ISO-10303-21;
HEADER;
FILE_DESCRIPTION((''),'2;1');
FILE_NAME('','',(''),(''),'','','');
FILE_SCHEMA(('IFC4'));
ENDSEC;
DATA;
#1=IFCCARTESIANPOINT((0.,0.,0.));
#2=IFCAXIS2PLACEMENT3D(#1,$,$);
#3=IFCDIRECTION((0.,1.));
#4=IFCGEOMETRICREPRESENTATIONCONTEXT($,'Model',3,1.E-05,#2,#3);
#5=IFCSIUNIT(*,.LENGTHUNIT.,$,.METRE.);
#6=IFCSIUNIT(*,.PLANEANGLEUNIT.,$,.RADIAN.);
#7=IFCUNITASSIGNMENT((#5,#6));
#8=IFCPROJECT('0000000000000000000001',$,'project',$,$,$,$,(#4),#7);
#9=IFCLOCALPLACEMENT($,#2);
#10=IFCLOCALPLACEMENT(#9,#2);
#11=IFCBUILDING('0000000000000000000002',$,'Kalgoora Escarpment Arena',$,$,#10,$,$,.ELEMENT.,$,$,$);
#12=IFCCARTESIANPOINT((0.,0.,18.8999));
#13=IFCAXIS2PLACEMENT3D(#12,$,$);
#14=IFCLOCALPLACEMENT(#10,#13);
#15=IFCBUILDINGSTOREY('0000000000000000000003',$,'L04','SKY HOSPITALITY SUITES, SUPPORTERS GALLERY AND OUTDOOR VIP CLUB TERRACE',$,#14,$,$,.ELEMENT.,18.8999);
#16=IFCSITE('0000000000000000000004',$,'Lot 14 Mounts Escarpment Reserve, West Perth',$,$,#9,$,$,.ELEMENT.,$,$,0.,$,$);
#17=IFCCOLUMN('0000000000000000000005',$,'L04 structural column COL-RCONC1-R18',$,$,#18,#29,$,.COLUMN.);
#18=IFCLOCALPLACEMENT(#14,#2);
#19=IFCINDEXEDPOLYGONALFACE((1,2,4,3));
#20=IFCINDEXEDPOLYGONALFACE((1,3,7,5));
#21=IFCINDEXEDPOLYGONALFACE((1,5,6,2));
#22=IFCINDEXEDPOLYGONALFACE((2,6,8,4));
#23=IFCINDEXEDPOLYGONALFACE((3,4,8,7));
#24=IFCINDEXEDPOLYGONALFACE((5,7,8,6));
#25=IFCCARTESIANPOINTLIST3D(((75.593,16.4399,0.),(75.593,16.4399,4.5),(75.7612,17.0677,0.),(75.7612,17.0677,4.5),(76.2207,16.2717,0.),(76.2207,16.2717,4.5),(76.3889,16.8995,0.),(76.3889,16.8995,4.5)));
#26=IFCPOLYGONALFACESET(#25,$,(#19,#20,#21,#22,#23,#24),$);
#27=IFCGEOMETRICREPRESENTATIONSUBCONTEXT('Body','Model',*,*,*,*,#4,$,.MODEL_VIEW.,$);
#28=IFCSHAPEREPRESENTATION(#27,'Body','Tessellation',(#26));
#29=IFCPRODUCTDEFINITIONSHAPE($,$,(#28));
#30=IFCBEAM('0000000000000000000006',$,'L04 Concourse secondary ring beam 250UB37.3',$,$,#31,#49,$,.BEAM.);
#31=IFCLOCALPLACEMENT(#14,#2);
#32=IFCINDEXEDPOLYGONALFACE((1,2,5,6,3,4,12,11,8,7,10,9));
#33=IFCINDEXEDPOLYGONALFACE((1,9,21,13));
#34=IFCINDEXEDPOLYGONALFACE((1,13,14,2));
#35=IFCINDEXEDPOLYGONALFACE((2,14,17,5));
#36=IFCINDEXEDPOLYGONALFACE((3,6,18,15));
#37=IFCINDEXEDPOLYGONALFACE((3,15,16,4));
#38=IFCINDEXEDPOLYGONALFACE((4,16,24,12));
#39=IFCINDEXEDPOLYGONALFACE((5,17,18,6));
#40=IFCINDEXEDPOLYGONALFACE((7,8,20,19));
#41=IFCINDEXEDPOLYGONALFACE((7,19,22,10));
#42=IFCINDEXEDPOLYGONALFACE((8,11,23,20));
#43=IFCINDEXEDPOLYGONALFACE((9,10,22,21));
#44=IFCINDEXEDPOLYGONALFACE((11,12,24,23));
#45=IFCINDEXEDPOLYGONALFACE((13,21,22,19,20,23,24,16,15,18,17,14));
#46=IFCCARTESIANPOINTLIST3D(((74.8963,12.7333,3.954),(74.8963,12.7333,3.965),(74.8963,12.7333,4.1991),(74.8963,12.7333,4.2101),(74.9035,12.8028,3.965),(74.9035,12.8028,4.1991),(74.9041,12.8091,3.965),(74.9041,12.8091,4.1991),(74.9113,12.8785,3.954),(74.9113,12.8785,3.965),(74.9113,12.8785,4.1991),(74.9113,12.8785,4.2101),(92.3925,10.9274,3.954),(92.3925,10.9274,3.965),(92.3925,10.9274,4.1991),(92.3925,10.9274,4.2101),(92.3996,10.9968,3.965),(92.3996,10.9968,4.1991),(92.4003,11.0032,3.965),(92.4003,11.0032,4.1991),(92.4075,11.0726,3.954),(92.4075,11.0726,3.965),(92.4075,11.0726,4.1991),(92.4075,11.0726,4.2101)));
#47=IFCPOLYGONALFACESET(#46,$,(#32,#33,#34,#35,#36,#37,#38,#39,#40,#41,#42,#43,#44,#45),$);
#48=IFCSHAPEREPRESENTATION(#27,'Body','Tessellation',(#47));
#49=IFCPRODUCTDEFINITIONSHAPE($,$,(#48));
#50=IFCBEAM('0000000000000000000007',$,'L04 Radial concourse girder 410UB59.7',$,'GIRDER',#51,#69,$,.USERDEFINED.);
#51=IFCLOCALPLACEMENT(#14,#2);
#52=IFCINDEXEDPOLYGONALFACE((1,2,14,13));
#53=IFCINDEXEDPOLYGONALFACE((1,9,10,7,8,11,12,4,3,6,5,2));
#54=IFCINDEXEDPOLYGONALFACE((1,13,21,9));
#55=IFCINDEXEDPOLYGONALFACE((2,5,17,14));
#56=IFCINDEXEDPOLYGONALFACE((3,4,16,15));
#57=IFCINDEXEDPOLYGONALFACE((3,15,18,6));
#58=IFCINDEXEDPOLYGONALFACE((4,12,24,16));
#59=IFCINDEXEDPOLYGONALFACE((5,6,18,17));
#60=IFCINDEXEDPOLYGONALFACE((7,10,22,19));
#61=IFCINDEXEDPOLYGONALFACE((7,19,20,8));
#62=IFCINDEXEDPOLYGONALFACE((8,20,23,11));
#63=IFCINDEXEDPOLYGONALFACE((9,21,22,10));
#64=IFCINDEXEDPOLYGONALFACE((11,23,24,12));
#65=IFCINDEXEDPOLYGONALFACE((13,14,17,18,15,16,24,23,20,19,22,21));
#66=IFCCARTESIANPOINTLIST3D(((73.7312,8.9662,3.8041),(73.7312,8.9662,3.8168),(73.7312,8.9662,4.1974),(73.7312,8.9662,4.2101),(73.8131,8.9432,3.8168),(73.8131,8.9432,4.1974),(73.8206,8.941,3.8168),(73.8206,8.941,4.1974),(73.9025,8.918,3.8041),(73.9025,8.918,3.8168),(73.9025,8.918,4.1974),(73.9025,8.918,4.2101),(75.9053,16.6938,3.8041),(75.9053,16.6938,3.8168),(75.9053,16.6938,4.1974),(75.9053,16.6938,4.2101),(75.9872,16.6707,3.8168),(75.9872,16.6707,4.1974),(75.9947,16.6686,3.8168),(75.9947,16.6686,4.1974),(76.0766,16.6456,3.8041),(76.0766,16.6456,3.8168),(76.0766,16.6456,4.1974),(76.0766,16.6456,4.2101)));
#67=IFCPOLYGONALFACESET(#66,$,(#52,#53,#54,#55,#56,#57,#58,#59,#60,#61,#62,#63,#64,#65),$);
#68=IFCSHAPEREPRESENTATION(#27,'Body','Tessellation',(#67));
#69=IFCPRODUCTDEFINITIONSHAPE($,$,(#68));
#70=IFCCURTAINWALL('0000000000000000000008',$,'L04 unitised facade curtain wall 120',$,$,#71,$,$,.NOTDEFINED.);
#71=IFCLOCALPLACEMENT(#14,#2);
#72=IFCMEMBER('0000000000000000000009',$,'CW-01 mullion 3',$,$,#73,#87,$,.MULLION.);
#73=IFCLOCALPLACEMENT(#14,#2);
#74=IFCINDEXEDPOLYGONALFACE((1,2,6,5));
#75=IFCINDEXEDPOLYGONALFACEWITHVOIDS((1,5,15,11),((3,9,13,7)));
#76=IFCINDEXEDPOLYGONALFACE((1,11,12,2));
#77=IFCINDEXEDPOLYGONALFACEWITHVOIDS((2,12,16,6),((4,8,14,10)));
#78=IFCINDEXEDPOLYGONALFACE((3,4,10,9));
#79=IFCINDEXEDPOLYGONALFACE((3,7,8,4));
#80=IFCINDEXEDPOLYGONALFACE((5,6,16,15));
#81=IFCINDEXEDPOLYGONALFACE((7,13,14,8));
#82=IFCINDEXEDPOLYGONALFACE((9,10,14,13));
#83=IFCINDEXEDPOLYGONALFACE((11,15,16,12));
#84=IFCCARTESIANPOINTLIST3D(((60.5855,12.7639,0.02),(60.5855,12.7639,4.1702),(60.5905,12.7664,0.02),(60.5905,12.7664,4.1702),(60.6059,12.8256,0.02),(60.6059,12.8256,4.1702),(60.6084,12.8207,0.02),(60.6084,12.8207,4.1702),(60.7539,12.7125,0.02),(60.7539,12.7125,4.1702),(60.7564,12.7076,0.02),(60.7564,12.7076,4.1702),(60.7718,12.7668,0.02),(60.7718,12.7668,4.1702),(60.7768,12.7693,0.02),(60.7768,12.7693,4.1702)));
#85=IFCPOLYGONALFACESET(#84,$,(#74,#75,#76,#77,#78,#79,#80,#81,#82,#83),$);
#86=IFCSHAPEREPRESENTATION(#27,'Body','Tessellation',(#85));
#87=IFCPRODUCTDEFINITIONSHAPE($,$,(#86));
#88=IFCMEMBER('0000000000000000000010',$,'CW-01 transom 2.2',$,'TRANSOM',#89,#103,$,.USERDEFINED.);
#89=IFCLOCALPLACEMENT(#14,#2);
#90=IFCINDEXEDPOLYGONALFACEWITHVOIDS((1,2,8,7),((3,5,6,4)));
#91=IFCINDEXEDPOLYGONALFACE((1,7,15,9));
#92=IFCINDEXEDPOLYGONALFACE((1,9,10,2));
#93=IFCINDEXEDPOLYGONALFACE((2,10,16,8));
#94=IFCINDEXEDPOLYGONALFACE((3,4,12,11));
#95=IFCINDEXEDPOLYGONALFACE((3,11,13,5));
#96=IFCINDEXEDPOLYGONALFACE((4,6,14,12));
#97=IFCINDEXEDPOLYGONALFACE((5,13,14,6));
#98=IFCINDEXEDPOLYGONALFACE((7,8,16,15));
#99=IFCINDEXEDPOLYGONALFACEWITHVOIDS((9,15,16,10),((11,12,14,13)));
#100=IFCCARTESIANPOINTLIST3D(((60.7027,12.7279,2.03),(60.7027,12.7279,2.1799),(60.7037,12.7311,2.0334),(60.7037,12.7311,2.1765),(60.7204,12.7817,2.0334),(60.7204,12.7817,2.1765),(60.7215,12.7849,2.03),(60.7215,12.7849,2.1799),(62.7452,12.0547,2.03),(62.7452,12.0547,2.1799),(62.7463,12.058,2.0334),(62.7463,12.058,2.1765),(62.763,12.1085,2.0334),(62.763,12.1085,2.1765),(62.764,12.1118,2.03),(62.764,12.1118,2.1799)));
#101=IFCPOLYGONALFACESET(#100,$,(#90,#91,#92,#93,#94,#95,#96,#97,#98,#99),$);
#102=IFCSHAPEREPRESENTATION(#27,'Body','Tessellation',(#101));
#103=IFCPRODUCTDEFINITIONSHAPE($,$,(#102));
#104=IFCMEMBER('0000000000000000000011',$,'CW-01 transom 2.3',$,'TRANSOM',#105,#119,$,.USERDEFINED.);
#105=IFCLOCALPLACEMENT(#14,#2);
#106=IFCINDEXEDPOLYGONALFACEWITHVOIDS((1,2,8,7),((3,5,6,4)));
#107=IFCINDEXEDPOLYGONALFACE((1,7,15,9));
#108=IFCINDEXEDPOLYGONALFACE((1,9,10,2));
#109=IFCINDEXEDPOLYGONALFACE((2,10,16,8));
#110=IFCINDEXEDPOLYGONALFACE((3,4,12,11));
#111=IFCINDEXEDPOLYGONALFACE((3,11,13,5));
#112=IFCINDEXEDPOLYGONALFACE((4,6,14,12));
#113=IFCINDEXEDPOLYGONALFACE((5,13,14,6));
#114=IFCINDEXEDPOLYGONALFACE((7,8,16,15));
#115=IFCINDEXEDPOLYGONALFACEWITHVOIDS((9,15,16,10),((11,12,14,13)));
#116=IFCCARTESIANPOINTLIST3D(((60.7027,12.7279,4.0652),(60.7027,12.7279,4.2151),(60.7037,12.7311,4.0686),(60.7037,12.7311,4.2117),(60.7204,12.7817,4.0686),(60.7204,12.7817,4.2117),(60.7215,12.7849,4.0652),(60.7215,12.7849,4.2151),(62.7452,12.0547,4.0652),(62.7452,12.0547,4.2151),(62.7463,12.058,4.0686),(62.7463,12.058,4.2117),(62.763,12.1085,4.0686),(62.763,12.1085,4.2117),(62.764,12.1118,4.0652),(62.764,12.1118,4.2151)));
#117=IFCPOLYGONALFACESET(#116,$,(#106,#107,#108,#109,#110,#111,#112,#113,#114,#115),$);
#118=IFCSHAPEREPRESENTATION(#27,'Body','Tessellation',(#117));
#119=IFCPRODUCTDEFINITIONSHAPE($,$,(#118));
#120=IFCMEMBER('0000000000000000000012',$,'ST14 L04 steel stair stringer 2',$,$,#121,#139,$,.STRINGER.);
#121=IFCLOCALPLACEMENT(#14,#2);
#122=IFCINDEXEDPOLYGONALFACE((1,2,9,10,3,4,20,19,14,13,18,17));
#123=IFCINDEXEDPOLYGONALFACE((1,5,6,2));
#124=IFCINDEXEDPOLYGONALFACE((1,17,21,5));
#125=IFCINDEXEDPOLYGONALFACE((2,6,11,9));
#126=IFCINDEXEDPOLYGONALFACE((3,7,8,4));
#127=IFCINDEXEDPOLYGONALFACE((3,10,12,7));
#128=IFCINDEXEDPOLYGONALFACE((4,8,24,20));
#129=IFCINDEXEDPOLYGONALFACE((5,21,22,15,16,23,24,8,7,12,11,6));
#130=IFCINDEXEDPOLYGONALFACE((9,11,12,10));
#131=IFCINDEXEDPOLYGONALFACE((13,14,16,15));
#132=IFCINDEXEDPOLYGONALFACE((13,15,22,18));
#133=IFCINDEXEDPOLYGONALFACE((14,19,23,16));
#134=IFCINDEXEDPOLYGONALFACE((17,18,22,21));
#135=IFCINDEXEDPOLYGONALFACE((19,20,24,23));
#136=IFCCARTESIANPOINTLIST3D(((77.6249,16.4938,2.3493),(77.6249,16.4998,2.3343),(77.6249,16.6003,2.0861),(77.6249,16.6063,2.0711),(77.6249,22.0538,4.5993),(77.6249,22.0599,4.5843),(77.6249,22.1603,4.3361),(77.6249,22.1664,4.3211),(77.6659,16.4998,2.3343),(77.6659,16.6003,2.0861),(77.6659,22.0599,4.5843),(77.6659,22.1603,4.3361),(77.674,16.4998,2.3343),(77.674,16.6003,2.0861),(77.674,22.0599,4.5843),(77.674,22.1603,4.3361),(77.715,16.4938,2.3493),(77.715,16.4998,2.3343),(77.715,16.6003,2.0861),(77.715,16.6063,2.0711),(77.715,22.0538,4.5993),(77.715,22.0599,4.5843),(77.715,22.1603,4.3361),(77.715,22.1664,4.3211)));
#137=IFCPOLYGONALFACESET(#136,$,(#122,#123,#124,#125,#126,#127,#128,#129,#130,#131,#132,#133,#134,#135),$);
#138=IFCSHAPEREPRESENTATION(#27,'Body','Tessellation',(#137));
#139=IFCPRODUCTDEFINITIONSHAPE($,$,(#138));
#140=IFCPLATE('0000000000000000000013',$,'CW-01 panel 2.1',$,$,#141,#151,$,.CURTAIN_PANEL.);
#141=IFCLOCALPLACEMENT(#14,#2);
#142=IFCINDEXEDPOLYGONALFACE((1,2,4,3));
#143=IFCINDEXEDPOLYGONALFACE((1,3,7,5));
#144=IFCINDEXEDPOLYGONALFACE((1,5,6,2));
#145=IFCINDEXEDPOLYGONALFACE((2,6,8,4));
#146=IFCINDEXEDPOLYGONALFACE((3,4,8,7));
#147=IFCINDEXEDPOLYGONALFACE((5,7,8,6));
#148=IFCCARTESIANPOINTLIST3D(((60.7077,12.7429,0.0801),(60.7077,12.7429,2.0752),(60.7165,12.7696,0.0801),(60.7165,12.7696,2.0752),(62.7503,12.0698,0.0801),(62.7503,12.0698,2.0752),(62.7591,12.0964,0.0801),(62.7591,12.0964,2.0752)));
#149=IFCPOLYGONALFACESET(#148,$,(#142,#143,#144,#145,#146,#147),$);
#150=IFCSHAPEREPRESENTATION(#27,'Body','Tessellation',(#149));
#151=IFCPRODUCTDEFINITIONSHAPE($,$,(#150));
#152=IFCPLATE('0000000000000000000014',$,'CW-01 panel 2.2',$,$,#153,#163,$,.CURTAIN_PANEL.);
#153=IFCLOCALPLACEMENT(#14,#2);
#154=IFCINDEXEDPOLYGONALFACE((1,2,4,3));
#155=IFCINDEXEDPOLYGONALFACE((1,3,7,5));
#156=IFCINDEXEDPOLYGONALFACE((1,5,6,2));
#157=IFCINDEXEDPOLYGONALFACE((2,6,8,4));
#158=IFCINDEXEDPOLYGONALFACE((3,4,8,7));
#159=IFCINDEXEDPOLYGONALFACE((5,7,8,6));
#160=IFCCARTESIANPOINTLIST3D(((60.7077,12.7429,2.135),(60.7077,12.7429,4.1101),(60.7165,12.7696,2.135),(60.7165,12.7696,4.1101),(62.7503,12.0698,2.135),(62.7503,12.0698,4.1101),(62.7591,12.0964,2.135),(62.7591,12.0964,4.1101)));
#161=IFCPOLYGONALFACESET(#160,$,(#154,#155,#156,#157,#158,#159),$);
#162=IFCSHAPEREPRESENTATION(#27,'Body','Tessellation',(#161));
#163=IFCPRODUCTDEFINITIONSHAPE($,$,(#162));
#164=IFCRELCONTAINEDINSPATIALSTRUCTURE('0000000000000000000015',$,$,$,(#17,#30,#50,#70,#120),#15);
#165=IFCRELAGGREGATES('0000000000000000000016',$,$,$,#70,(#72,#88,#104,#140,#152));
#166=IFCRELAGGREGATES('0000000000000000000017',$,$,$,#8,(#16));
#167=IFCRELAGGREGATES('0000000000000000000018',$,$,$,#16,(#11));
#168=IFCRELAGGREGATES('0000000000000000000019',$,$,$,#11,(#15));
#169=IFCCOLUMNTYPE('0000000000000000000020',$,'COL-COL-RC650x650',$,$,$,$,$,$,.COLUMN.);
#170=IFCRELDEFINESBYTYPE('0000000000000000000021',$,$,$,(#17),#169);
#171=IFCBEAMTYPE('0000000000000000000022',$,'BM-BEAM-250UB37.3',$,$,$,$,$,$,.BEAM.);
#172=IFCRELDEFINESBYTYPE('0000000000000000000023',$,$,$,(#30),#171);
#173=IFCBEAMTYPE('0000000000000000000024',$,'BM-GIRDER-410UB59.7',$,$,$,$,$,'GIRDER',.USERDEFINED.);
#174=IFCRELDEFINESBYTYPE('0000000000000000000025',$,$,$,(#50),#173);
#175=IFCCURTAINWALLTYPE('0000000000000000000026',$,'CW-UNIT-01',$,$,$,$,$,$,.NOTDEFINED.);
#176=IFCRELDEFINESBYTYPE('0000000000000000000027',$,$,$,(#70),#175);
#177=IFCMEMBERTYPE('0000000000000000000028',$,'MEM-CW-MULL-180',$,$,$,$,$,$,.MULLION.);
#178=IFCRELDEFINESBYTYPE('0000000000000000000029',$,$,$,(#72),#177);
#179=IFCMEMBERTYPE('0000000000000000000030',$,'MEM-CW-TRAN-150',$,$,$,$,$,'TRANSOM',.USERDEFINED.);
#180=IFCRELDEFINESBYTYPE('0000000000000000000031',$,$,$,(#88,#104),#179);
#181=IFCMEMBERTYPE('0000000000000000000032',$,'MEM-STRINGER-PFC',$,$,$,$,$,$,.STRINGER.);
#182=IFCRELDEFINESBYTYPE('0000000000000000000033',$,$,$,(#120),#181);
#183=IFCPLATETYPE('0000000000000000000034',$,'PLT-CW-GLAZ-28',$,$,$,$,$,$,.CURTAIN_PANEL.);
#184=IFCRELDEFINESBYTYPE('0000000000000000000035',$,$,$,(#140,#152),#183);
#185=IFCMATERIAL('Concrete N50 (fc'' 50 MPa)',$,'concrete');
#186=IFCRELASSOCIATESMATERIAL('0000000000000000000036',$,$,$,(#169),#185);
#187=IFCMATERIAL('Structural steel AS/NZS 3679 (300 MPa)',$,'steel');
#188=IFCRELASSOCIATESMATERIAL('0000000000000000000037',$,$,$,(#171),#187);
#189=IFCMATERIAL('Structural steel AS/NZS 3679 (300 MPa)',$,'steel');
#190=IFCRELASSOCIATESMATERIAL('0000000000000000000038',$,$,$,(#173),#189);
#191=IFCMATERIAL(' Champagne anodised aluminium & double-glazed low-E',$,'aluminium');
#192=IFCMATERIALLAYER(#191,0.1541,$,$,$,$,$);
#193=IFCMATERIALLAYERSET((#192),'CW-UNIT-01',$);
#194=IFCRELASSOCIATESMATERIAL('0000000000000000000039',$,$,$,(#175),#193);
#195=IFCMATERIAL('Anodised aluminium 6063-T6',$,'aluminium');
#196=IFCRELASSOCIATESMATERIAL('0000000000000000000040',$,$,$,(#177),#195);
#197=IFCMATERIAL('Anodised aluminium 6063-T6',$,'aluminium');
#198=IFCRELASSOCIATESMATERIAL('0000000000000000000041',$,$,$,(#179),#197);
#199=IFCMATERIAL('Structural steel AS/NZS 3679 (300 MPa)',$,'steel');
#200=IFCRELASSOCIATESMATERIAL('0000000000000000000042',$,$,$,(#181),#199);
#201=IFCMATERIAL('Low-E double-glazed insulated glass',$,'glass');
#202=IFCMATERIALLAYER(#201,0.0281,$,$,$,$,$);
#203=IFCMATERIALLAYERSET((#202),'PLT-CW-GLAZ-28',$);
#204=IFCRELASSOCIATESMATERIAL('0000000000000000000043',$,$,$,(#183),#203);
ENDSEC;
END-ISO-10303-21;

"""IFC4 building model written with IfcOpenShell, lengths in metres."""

from ifc_helpers import new_model, si_unit, direction, frame, origin, origin_2d, place, context, subcontext, project, spatial, rectangle, hollow_rectangle, i_section, extrude, material, layer, layer_set, material_profile, profile_set, type_object, element, aggregate, save


model = new_model("IFC4")

# Units and contexts
model_context = context("Model", 3, precision=1e-05, world=origin(), true_north=direction((0.0, 1.0)))
body_context = subcontext(model_context, "Body", "Model", "MODEL_VIEW")
ifc_project = project(units=[si_unit("LENGTHUNIT", "METRE"), si_unit("PLANEANGLEUNIT", "RADIAN")], contexts=[model_context])

# Site, building, storey
site_placement = place(None, origin())
site = spatial("IfcSite", under=ifc_project, at=site_placement, Name="Lot 14 Mounts Escarpment Reserve, West Perth", CompositionType="ELEMENT", RefElevation=0.0)
building_placement = place(site_placement, origin())
building = spatial("IfcBuilding", under=site, at=building_placement, Name="Kalgoora Escarpment Arena", CompositionType="ELEMENT")
storey_placement = place(building_placement, frame((0.0, 0.0, 18.8999)))
storey = spatial("IfcBuildingStorey", under=building, at=storey_placement, Name="L04", Description="SKY HOSPITALITY SUITES, SUPPORTERS GALLERY AND OUTDOOR VIP CLUB TERRACE", CompositionType="ELEMENT", Elevation=18.8999)

# Column
ifc_material_1 = material(Name="Concrete N50 (fc' 50 MPa)", Category="concrete")
ifc_material_profile_1 = material_profile(ifc_material_1, rectangle(XDim=0.6499, YDim=0.6499, at=origin_2d()))
ifc_profile_set_1 = profile_set([ifc_material_profile_1], Name="Concrete N50 (fc' 50 MPa)")
column_type = type_object("IfcColumnType", Name="COL-COL-RC650x650", PredefinedType="COLUMN", material=ifc_profile_set_1)
column_placement = place(storey_placement, frame((75.991, 16.6697, 0.0), z_axis=(0.0, 0.0, 1.0), x_axis=(-0.258819, -0.965926, 0.0)))
element("IfcColumn", 1, at=column_placement, inside=storey, type_object=column_type, Name="L04 structural column COL-RCONC1-R18", PredefinedType="COLUMN", context=body_context, shape_type="SweptSolid", body=[
    extrude(rectangle(XDim=0.6499, YDim=0.6499, at=origin_2d()), origin(), (0.0, 0.0, 1.0), 4.5),
])

# Beams
ifc_material_2 = material(Name="Structural steel AS/NZS 3679 (300 MPa)", Category="steel")
ifc_material_profile_2 = material_profile(ifc_material_2, i_section(OverallWidth=0.146, OverallDepth=0.2561, WebThickness=0.0063, FlangeThickness=0.011, at=origin_2d()))
ifc_profile_set_2 = profile_set([ifc_material_profile_2], Name="Structural steel AS/NZS 3679 (300 MPa)")
beam_type_1 = type_object("IfcBeamType", Name="BM-BEAM-250UB37.3", PredefinedType="BEAM", material=ifc_profile_set_2)
beam_1_placement = place(storey_placement, frame((74.9038, 12.8059, 4.082), z_axis=(0.994715, -0.102672, 0.0), x_axis=(0.102672, 0.994715, 0.0)))
element("IfcBeam", 2, at=beam_1_placement, inside=storey, type_object=beam_type_1, Name="L04 Concourse secondary ring beam 250UB37.3", PredefinedType="BEAM", context=body_context, shape_type="SweptSolid", body=[
    extrude(i_section(OverallWidth=0.146, OverallDepth=0.2561, WebThickness=0.0063, FlangeThickness=0.011, at=origin_2d()), origin(), (0.0, 0.0, 1.0), 17.5891),
])
ifc_material_3 = material(Name="Structural steel AS/NZS 3679 (300 MPa)", Category="steel")
ifc_material_profile_3 = material_profile(ifc_material_3, i_section(OverallWidth=0.178, OverallDepth=0.406, WebThickness=0.0078, FlangeThickness=0.0127, at=origin_2d()))
ifc_profile_set_3 = profile_set([ifc_material_profile_3], Name="Structural steel AS/NZS 3679 (300 MPa)")
beam_type_2 = type_object("IfcBeamType", Name="BM-GIRDER-410UB59.7", ElementType="GIRDER", PredefinedType="USERDEFINED", material=ifc_profile_set_3)
beam_2_placement = place(storey_placement, frame((75.991, 16.6697, 4.0071), z_axis=(-0.270827, -0.962628, 0.0), x_axis=(0.962628, -0.270827, 0.0)))
element("IfcBeam", 3, at=beam_2_placement, inside=storey, type_object=beam_type_2, Name="L04 Radial concourse girder 410UB59.7", ObjectType="GIRDER", PredefinedType="USERDEFINED", context=body_context, shape_type="SweptSolid", body=[
    extrude(i_section(OverallWidth=0.178, OverallDepth=0.406, WebThickness=0.0078, FlangeThickness=0.0127, at=origin_2d()), origin(), (0.0, 0.0, 1.0), 8.0276),
])

# Curtain wall, members
ifc_material_4 = material(Name=" Champagne anodised aluminium & double-glazed low-E", Category="aluminium")
ifc_layer_1 = layer(ifc_material_4, 0.1541)
ifc_layer_set_1 = layer_set([ifc_layer_1], Name="CW-UNIT-01")
curtain_wall_type = type_object("IfcCurtainWallType", Name="CW-UNIT-01", PredefinedType="NOTDEFINED", material=ifc_layer_set_1)
curtain_wall_placement = place(storey_placement, origin())
curtain_wall = element("IfcCurtainWall", 4, at=curtain_wall_placement, inside=storey, type_object=curtain_wall_type, Name="L04 unitised facade curtain wall 120", PredefinedType="NOTDEFINED")
ifc_material_5 = material(Name="Anodised aluminium 6063-T6", Category="aluminium")
ifc_material_profile_4 = material_profile(ifc_material_5, hollow_rectangle(XDim=0.0649, YDim=0.1799, WallThickness=0.0039, at=origin_2d()))
ifc_profile_set_4 = profile_set([ifc_material_profile_4], Name="Anodised aluminium 6063-T6")
member_type_1 = type_object("IfcMemberType", Name="MEM-CW-MULL-180", PredefinedType="MULLION", material=ifc_profile_set_4)
member_1_placement = place(storey_placement, frame((60.6812, 12.7666, 0.02), z_axis=(0.0, 0.0, 1.0), x_axis=(-0.31299, -0.949756, 0.0)))
member_1 = element("IfcMember", 5, at=member_1_placement, type_object=member_type_1, Name="CW-01 mullion 3", PredefinedType="MULLION", context=body_context, shape_type="SweptSolid", body=[
    extrude(hollow_rectangle(XDim=0.0649, YDim=0.1799, WallThickness=0.0039, at=origin_2d()), origin(), (0.0, 0.0, 1.0), 4.1501),
])
ifc_material_6 = material(Name="Anodised aluminium 6063-T6", Category="aluminium")
ifc_material_profile_5 = material_profile(ifc_material_6, hollow_rectangle(XDim=0.0601, YDim=0.1499, WallThickness=0.0034, at=origin_2d()))
ifc_profile_set_5 = profile_set([ifc_material_profile_5], Name="Anodised aluminium 6063-T6")
member_type_2 = type_object("IfcMemberType", Name="MEM-CW-TRAN-150", ElementType="TRANSOM", PredefinedType="USERDEFINED", material=ifc_profile_set_5)
member_2_placement = place(storey_placement, frame((62.7546, 12.0833, 2.105), z_axis=(-0.949756, 0.31299, 0.0), x_axis=(-0.31299, -0.949756, 0.0)))
member_2 = element("IfcMember", 6, at=member_2_placement, type_object=member_type_2, Name="CW-01 transom 2.2", ObjectType="TRANSOM", PredefinedType="USERDEFINED", context=body_context, shape_type="SweptSolid", body=[
    extrude(hollow_rectangle(XDim=0.0601, YDim=0.1499, WallThickness=0.0034, at=origin_2d()), origin(), (0.0, 0.0, 1.0), 2.1506),
])
member_3_placement = place(storey_placement, frame((62.7546, 12.0833, 4.1401), z_axis=(-0.949756, 0.31299, 0.0), x_axis=(-0.31299, -0.949756, 0.0)))
member_3 = element("IfcMember", 7, at=member_3_placement, type_object=member_type_2, Name="CW-01 transom 2.3", ObjectType="TRANSOM", PredefinedType="USERDEFINED", context=body_context, shape_type="SweptSolid", body=[
    extrude(hollow_rectangle(XDim=0.0601, YDim=0.1499, WallThickness=0.0034, at=origin_2d()), origin(), (0.0, 0.0, 1.0), 2.1506),
])

# Member
ifc_material_7 = material(Name="Structural steel AS/NZS 3679 (300 MPa)", Category="steel")
ifc_material_profile_6 = material_profile(ifc_material_7, i_section(OverallWidth=0.0901, OverallDepth=0.3, WebThickness=0.0081, FlangeThickness=0.0161, at=origin_2d()))
ifc_profile_set_6 = profile_set([ifc_material_profile_6], Name="Structural steel AS/NZS 3679 (300 MPa)")
member_type_3 = type_object("IfcMemberType", Name="MEM-STRINGER-PFC", PredefinedType="STRINGER", material=ifc_profile_set_6)
member_4_placement = place(storey_placement, frame((77.6699, 16.55, 2.2102), z_axis=(0.0, 0.926976, 0.375121), x_axis=(-1.0, 0.0, 0.0)))
element("IfcMember", 8, at=member_4_placement, inside=storey, type_object=member_type_3, Name="ST14 L04 steel stair stringer 2", PredefinedType="STRINGER", context=body_context, shape_type="SweptSolid", body=[
    extrude(i_section(OverallWidth=0.0901, OverallDepth=0.3, WebThickness=0.0081, FlangeThickness=0.0161, at=origin_2d()), origin(), (0.0, 0.0, 1.0), 5.998),
])

# Plates
ifc_material_8 = material(Name="Low-E double-glazed insulated glass", Category="glass")
ifc_layer_2 = layer(ifc_material_8, 0.0281)
ifc_layer_set_2 = layer_set([ifc_layer_2], Name="PLT-CW-GLAZ-28")
plate_type = type_object("IfcPlateType", Name="PLT-CW-GLAZ-28", PredefinedType="CURTAIN_PANEL", material=ifc_layer_set_2)
plate_1_placement = place(storey_placement, frame((61.7334, 12.4197, 0.0801), z_axis=(0.0, 0.0, 1.0), x_axis=(-0.949756, 0.31299, 0.0)))
plate_1 = element("IfcPlate", 9, at=plate_1_placement, type_object=plate_type, Name="CW-01 panel 2.1", PredefinedType="CURTAIN_PANEL", context=body_context, shape_type="SweptSolid", body=[
    extrude(rectangle(XDim=2.1506, YDim=0.0281, at=origin_2d()), origin(), (0.0, 0.0, 1.0), 1.9951),
])
plate_2_placement = place(storey_placement, frame((61.7334, 12.4197, 2.135), z_axis=(0.0, 0.0, 1.0), x_axis=(-0.949756, 0.31299, 0.0)))
plate_2 = element("IfcPlate", 10, at=plate_2_placement, type_object=plate_type, Name="CW-01 panel 2.2", PredefinedType="CURTAIN_PANEL", context=body_context, shape_type="SweptSolid", body=[
    extrude(rectangle(XDim=2.1506, YDim=0.0281, at=origin_2d()), origin(), (0.0, 0.0, 1.0), 1.9751),
])
aggregate(curtain_wall, [member_1, member_2, member_3, plate_1, plate_2])

save(model, "model.ifc")
